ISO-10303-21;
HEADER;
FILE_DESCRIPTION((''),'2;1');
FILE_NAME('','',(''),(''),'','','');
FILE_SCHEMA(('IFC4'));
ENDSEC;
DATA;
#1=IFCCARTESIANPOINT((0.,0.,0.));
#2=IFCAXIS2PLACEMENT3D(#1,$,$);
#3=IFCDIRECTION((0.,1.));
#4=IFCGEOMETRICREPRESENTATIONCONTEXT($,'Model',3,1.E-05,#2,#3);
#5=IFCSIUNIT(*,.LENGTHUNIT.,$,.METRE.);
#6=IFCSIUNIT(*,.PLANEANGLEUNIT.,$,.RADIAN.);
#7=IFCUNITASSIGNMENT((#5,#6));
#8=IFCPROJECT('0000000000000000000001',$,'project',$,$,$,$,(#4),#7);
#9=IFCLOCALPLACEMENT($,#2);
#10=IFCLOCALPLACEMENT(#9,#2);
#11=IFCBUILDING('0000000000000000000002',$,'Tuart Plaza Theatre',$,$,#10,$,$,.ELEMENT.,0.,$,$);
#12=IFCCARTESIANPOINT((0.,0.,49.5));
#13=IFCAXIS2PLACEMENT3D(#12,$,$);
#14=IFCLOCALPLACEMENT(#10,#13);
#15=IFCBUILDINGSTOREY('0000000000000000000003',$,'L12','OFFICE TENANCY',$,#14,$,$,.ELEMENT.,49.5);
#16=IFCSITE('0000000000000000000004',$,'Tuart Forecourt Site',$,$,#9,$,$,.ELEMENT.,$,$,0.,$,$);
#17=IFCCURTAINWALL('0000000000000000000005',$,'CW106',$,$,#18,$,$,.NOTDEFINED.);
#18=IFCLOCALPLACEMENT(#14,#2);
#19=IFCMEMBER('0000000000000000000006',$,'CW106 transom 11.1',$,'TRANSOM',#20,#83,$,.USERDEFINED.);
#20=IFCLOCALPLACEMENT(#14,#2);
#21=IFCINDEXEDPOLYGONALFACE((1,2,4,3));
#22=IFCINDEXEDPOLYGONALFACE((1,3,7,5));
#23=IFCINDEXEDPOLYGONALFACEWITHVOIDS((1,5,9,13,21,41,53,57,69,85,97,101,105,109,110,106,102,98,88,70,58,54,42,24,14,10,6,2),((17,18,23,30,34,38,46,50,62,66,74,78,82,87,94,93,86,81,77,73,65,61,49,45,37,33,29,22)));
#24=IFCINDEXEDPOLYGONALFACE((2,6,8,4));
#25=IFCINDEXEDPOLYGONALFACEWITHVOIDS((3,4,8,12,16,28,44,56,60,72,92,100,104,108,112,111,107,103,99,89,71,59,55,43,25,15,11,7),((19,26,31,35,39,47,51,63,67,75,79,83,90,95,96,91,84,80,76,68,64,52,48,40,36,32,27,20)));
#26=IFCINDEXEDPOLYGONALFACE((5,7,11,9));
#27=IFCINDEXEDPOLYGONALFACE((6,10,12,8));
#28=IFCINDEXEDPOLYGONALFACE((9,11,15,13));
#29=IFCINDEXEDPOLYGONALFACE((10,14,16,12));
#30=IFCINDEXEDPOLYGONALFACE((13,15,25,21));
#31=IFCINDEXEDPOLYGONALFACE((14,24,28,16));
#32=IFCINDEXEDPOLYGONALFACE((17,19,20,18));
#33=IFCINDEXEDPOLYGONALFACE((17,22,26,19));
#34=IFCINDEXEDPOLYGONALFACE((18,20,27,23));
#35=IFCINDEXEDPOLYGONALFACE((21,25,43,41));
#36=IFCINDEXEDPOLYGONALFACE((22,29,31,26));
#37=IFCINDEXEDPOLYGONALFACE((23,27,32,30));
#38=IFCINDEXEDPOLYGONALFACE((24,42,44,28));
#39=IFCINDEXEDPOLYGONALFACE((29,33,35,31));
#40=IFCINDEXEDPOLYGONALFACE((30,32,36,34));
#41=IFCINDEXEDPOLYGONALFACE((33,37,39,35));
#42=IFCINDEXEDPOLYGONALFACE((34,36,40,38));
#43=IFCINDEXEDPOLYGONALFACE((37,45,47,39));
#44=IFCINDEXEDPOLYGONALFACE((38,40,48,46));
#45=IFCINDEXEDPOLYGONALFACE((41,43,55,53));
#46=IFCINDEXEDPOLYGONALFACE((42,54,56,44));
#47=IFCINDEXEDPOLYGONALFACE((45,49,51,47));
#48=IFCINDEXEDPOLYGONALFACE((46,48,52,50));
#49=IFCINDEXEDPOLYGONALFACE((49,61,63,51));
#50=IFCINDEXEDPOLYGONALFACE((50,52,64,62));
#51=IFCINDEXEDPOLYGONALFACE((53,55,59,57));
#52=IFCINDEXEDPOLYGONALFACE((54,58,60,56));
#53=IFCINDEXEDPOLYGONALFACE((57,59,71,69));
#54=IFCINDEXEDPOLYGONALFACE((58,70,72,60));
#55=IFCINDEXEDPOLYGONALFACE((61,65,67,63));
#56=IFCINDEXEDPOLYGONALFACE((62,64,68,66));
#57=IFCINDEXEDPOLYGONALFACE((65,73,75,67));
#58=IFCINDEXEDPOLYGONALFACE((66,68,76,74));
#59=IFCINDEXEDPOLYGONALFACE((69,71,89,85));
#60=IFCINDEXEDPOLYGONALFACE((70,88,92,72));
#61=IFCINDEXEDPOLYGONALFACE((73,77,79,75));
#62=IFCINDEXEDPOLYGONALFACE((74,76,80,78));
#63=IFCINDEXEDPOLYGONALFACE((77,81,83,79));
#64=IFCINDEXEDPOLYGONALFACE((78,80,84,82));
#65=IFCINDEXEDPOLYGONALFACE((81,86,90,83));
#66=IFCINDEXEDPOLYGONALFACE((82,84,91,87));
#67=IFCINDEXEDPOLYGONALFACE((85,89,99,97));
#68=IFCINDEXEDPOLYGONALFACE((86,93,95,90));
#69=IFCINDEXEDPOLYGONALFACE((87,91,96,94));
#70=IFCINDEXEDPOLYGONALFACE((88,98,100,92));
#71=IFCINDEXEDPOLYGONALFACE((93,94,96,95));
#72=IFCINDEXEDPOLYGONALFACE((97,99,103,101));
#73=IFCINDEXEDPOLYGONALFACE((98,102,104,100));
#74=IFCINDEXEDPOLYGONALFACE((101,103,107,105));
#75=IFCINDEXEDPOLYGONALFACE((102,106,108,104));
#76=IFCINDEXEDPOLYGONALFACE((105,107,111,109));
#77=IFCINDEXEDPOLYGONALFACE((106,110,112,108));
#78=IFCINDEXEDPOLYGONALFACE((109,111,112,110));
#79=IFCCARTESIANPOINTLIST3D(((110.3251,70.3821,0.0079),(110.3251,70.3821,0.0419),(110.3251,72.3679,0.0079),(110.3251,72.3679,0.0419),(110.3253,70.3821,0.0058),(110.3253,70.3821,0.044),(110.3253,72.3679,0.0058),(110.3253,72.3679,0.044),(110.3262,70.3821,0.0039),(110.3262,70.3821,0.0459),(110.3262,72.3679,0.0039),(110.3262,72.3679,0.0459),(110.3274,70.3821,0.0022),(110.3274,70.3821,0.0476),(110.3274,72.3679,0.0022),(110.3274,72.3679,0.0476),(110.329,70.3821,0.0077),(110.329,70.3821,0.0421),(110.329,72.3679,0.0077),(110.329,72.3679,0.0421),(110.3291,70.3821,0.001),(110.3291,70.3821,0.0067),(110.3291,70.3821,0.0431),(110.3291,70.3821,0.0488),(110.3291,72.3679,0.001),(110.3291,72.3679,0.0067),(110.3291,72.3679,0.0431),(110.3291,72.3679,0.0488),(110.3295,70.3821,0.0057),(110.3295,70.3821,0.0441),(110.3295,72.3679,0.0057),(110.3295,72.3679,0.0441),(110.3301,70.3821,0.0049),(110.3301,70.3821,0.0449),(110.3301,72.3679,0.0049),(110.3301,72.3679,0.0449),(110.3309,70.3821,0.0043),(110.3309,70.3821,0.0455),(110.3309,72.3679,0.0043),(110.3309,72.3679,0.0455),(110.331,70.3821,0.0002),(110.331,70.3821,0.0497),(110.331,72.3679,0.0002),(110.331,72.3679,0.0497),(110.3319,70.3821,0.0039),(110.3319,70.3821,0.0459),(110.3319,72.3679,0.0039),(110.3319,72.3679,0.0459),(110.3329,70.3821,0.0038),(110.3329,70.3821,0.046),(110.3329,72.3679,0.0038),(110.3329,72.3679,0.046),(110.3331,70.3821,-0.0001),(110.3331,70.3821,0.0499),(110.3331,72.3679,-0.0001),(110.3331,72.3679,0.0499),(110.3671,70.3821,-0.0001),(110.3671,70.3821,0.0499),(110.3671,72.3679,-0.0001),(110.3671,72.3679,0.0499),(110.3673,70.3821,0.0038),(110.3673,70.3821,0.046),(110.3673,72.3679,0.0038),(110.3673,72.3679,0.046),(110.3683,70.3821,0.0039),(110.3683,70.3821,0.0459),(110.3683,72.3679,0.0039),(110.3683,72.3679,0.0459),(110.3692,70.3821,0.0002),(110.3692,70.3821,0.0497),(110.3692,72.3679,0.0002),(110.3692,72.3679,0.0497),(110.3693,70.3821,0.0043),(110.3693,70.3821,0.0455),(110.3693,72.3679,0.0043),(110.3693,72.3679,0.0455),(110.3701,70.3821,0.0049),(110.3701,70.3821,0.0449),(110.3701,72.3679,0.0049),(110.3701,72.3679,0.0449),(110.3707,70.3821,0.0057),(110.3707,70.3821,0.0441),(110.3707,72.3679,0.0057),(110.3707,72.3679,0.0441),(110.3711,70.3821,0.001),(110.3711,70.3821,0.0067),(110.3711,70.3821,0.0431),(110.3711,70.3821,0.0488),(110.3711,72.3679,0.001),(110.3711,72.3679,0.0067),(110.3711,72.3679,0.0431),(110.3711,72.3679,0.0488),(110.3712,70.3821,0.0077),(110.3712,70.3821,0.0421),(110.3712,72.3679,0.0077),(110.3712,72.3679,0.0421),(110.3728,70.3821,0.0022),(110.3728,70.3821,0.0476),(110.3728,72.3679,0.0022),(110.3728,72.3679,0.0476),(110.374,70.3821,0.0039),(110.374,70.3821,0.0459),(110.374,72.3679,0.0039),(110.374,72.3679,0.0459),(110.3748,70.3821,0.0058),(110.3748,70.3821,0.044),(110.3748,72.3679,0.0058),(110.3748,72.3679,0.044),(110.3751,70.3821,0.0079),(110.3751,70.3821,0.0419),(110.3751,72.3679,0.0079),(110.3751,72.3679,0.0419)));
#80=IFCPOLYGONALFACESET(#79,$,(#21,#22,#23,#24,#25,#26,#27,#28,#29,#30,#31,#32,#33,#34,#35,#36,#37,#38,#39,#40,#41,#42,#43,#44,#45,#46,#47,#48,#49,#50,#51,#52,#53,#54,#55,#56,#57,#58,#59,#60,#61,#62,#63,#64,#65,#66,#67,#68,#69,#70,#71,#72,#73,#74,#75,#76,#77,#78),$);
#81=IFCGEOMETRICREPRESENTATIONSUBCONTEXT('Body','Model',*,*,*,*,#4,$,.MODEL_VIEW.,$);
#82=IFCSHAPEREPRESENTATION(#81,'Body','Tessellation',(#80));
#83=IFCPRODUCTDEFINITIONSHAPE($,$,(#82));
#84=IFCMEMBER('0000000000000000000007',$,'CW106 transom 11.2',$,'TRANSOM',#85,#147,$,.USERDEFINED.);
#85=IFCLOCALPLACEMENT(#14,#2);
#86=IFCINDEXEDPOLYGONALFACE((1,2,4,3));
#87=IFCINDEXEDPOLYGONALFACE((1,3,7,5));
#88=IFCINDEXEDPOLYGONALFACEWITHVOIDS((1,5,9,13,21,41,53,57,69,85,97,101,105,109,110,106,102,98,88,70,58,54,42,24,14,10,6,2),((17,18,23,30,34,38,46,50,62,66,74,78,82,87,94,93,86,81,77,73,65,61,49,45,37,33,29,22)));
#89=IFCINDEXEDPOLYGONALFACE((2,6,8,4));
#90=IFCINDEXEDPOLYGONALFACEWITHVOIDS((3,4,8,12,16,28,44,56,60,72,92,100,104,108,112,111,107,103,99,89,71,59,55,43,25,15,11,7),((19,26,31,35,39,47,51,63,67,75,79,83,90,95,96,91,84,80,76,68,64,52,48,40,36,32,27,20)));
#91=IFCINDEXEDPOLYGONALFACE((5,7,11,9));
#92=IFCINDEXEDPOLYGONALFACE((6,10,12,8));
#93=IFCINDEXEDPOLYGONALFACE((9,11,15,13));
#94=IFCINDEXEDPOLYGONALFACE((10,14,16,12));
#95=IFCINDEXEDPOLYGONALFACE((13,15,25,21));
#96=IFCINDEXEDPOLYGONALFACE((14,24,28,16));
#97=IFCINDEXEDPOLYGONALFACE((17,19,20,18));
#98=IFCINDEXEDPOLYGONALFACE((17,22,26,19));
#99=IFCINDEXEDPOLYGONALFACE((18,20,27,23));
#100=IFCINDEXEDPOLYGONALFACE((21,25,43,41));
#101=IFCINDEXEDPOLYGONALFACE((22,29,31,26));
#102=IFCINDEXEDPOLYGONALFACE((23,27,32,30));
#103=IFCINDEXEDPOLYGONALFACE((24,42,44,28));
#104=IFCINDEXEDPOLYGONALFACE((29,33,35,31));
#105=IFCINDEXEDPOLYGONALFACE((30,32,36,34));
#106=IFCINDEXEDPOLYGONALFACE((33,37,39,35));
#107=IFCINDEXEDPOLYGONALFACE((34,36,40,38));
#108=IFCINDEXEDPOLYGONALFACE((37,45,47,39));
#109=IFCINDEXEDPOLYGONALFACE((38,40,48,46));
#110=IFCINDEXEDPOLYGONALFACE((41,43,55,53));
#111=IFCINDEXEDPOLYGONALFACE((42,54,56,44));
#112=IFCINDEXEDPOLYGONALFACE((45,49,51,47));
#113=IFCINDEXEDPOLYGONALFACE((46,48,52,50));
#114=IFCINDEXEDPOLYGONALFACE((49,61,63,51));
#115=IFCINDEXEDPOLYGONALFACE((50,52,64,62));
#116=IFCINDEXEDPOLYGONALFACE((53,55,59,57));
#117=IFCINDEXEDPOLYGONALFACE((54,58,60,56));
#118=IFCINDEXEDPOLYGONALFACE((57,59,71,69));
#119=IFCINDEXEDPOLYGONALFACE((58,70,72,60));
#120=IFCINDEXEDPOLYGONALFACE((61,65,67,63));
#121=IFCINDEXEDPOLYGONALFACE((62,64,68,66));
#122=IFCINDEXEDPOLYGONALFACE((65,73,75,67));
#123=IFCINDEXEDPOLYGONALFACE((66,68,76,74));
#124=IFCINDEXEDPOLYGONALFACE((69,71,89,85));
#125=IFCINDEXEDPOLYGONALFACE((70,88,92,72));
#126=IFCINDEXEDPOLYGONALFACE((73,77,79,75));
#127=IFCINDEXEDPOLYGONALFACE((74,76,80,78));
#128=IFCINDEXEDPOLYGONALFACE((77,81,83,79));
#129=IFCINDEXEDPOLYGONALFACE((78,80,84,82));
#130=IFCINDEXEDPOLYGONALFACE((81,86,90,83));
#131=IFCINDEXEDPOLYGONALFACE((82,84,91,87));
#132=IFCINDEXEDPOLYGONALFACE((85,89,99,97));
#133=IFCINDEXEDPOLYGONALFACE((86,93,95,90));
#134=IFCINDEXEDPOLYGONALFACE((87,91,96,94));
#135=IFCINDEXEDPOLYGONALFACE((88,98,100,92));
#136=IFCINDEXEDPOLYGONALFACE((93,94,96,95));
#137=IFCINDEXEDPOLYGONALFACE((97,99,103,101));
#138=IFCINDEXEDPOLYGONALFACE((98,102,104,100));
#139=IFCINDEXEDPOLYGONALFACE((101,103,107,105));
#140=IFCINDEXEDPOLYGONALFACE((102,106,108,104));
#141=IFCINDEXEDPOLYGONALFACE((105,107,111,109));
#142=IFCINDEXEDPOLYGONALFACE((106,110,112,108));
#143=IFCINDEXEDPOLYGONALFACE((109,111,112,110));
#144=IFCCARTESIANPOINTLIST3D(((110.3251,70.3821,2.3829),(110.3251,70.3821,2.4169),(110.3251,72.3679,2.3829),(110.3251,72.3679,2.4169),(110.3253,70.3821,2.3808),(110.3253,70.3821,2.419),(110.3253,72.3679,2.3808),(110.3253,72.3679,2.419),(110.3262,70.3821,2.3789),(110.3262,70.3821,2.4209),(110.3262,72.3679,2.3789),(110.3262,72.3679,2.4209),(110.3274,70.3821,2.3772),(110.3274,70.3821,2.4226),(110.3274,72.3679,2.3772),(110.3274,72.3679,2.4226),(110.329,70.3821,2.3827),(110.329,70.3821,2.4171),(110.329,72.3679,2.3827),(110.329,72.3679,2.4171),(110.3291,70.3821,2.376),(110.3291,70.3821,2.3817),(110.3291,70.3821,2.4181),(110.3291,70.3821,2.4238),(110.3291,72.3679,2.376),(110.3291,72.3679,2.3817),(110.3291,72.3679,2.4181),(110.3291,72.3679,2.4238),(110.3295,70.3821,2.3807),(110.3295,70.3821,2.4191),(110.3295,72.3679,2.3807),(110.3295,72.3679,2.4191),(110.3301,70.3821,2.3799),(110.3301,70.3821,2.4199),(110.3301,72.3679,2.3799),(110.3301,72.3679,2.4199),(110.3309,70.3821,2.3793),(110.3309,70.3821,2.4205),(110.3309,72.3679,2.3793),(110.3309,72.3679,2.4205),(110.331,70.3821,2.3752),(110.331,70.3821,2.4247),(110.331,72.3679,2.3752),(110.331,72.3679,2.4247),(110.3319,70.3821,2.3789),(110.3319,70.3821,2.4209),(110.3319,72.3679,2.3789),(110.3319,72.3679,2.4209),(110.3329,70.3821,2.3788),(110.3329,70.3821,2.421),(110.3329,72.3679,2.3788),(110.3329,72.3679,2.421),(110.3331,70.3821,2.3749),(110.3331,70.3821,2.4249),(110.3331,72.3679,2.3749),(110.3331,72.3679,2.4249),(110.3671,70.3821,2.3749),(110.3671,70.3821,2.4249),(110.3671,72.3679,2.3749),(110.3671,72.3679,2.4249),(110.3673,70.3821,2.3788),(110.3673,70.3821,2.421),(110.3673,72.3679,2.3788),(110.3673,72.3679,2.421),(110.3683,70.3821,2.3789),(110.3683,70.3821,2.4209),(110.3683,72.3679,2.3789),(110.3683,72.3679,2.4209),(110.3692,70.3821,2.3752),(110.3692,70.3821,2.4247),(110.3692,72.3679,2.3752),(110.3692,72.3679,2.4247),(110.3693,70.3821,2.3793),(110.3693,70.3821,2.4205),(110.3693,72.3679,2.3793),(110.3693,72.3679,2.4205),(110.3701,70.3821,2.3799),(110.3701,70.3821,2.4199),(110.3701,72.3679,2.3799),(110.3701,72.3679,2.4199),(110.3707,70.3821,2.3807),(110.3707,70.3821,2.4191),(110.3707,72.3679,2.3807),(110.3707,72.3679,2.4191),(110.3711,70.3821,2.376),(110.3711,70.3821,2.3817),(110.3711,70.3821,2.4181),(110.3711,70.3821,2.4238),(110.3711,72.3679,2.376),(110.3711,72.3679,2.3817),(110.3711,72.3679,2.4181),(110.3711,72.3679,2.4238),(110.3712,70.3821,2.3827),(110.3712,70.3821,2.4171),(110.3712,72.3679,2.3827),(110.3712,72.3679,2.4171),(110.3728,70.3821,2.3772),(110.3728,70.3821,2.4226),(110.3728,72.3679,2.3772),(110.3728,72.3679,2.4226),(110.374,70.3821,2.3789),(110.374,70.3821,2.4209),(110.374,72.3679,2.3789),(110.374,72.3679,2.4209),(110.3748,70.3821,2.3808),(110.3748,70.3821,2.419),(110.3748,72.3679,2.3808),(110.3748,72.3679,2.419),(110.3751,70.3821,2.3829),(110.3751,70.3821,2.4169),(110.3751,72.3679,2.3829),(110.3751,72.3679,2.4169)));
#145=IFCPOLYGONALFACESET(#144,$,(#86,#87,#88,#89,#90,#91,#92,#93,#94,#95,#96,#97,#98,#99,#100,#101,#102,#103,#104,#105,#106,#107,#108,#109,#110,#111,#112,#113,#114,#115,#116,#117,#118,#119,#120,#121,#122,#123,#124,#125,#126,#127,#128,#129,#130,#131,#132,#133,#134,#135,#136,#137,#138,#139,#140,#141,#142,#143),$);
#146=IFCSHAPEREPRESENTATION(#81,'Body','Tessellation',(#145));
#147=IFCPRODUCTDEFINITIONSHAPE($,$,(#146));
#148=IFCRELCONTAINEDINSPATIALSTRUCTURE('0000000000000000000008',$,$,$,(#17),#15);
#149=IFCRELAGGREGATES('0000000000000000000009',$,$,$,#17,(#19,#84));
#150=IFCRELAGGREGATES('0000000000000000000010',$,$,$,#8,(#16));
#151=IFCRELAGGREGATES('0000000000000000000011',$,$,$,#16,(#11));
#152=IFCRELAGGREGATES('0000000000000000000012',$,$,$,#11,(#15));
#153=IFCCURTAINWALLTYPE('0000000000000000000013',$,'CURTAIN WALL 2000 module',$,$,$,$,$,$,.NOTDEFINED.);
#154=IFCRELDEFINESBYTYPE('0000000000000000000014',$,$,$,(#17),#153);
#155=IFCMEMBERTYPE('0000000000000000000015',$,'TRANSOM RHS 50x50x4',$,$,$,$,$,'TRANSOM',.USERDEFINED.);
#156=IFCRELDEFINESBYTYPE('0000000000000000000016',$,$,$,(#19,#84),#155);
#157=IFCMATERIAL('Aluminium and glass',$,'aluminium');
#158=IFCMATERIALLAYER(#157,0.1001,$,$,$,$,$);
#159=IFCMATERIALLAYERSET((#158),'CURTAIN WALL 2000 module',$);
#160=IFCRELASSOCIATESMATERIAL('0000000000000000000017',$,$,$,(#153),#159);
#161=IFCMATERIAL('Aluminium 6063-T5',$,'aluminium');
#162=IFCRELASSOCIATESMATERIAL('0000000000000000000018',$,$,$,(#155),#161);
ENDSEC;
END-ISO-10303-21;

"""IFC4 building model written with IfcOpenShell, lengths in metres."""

from ifc_helpers import new_model, si_unit, direction, frame, origin, origin_2d, place, context, subcontext, project, spatial, hollow_rectangle, extrude, material, layer, layer_set, material_profile, profile_set, type_object, element, aggregate, save


model = new_model("IFC4")

# Units and contexts
model_context = context("Model", 3, precision=1e-05, world=origin(), true_north=direction((0.0, 1.0)))
body_context = subcontext(model_context, "Body", "Model", "MODEL_VIEW")
ifc_project = project(units=[si_unit("LENGTHUNIT", "METRE"), si_unit("PLANEANGLEUNIT", "RADIAN")], contexts=[model_context])

# Site, building, storey
site_placement = place(None, origin())
site = spatial("IfcSite", under=ifc_project, at=site_placement, Name="Tuart Forecourt Site", CompositionType="ELEMENT", RefElevation=0.0)
building_placement = place(site_placement, origin())
building = spatial("IfcBuilding", under=site, at=building_placement, Name="Tuart Plaza Theatre", CompositionType="ELEMENT", ElevationOfRefHeight=0.0)
storey_placement = place(building_placement, frame((0.0, 0.0, 49.5)))
storey = spatial("IfcBuildingStorey", under=building, at=storey_placement, Name="L12", Description="OFFICE TENANCY", CompositionType="ELEMENT", Elevation=49.5)

# Curtain wall, members
ifc_material_1 = material(Name="Aluminium and glass", Category="aluminium")
ifc_layer_1 = layer(ifc_material_1, 0.1001)
ifc_layer_set_1 = layer_set([ifc_layer_1], Name="CURTAIN WALL 2000 module")
curtain_wall_type = type_object("IfcCurtainWallType", Name="CURTAIN WALL 2000 module", PredefinedType="NOTDEFINED", material=ifc_layer_set_1)
curtain_wall_placement = place(storey_placement, origin())
curtain_wall = element("IfcCurtainWall", 1, at=curtain_wall_placement, inside=storey, type_object=curtain_wall_type, Name="CW106", PredefinedType="NOTDEFINED")
ifc_material_2 = material(Name="Aluminium 6063-T5", Category="aluminium")
ifc_material_profile = material_profile(ifc_material_2, hollow_rectangle(XDim=0.05, YDim=0.05, WallThickness=0.0039, InnerFilletRadius=0.0039, OuterFilletRadius=0.0081, at=origin_2d()), Name="RHS 50x50x4")
ifc_profile_set = profile_set([ifc_material_profile], Name="Aluminium 6063-T5")
member_type = type_object("IfcMemberType", Name="TRANSOM RHS 50x50x4", ElementType="TRANSOM", PredefinedType="USERDEFINED", material=ifc_profile_set)
member_1_placement = place(storey_placement, frame((110.3501, 72.3679, 0.0249), z_axis=(0.0, -1.0, 0.0), x_axis=(1.0, 0.0, 0.0)))
member_1 = element("IfcMember", 2, at=member_1_placement, type_object=member_type, Name="CW106 transom 11.1", ObjectType="TRANSOM", PredefinedType="USERDEFINED", context=body_context, shape_type="SweptSolid", body=[
    extrude(hollow_rectangle(XDim=0.05, YDim=0.05, WallThickness=0.0039, InnerFilletRadius=0.0039, OuterFilletRadius=0.0081, at=origin_2d()), origin(), (0.0, 0.0, 1.0), 1.9858),
])
member_2_placement = place(storey_placement, frame((110.3501, 72.3679, 2.3999), z_axis=(0.0, -1.0, 0.0), x_axis=(1.0, 0.0, 0.0)))
member_2 = element("IfcMember", 3, at=member_2_placement, type_object=member_type, Name="CW106 transom 11.2", ObjectType="TRANSOM", PredefinedType="USERDEFINED", context=body_context, shape_type="SweptSolid", body=[
    extrude(hollow_rectangle(XDim=0.05, YDim=0.05, WallThickness=0.0039, InnerFilletRadius=0.0039, OuterFilletRadius=0.0081, at=origin_2d()), origin(), (0.0, 0.0, 1.0), 1.9858),
])
aggregate(curtain_wall, [member_1, member_2])

save(model, "model.ifc")
